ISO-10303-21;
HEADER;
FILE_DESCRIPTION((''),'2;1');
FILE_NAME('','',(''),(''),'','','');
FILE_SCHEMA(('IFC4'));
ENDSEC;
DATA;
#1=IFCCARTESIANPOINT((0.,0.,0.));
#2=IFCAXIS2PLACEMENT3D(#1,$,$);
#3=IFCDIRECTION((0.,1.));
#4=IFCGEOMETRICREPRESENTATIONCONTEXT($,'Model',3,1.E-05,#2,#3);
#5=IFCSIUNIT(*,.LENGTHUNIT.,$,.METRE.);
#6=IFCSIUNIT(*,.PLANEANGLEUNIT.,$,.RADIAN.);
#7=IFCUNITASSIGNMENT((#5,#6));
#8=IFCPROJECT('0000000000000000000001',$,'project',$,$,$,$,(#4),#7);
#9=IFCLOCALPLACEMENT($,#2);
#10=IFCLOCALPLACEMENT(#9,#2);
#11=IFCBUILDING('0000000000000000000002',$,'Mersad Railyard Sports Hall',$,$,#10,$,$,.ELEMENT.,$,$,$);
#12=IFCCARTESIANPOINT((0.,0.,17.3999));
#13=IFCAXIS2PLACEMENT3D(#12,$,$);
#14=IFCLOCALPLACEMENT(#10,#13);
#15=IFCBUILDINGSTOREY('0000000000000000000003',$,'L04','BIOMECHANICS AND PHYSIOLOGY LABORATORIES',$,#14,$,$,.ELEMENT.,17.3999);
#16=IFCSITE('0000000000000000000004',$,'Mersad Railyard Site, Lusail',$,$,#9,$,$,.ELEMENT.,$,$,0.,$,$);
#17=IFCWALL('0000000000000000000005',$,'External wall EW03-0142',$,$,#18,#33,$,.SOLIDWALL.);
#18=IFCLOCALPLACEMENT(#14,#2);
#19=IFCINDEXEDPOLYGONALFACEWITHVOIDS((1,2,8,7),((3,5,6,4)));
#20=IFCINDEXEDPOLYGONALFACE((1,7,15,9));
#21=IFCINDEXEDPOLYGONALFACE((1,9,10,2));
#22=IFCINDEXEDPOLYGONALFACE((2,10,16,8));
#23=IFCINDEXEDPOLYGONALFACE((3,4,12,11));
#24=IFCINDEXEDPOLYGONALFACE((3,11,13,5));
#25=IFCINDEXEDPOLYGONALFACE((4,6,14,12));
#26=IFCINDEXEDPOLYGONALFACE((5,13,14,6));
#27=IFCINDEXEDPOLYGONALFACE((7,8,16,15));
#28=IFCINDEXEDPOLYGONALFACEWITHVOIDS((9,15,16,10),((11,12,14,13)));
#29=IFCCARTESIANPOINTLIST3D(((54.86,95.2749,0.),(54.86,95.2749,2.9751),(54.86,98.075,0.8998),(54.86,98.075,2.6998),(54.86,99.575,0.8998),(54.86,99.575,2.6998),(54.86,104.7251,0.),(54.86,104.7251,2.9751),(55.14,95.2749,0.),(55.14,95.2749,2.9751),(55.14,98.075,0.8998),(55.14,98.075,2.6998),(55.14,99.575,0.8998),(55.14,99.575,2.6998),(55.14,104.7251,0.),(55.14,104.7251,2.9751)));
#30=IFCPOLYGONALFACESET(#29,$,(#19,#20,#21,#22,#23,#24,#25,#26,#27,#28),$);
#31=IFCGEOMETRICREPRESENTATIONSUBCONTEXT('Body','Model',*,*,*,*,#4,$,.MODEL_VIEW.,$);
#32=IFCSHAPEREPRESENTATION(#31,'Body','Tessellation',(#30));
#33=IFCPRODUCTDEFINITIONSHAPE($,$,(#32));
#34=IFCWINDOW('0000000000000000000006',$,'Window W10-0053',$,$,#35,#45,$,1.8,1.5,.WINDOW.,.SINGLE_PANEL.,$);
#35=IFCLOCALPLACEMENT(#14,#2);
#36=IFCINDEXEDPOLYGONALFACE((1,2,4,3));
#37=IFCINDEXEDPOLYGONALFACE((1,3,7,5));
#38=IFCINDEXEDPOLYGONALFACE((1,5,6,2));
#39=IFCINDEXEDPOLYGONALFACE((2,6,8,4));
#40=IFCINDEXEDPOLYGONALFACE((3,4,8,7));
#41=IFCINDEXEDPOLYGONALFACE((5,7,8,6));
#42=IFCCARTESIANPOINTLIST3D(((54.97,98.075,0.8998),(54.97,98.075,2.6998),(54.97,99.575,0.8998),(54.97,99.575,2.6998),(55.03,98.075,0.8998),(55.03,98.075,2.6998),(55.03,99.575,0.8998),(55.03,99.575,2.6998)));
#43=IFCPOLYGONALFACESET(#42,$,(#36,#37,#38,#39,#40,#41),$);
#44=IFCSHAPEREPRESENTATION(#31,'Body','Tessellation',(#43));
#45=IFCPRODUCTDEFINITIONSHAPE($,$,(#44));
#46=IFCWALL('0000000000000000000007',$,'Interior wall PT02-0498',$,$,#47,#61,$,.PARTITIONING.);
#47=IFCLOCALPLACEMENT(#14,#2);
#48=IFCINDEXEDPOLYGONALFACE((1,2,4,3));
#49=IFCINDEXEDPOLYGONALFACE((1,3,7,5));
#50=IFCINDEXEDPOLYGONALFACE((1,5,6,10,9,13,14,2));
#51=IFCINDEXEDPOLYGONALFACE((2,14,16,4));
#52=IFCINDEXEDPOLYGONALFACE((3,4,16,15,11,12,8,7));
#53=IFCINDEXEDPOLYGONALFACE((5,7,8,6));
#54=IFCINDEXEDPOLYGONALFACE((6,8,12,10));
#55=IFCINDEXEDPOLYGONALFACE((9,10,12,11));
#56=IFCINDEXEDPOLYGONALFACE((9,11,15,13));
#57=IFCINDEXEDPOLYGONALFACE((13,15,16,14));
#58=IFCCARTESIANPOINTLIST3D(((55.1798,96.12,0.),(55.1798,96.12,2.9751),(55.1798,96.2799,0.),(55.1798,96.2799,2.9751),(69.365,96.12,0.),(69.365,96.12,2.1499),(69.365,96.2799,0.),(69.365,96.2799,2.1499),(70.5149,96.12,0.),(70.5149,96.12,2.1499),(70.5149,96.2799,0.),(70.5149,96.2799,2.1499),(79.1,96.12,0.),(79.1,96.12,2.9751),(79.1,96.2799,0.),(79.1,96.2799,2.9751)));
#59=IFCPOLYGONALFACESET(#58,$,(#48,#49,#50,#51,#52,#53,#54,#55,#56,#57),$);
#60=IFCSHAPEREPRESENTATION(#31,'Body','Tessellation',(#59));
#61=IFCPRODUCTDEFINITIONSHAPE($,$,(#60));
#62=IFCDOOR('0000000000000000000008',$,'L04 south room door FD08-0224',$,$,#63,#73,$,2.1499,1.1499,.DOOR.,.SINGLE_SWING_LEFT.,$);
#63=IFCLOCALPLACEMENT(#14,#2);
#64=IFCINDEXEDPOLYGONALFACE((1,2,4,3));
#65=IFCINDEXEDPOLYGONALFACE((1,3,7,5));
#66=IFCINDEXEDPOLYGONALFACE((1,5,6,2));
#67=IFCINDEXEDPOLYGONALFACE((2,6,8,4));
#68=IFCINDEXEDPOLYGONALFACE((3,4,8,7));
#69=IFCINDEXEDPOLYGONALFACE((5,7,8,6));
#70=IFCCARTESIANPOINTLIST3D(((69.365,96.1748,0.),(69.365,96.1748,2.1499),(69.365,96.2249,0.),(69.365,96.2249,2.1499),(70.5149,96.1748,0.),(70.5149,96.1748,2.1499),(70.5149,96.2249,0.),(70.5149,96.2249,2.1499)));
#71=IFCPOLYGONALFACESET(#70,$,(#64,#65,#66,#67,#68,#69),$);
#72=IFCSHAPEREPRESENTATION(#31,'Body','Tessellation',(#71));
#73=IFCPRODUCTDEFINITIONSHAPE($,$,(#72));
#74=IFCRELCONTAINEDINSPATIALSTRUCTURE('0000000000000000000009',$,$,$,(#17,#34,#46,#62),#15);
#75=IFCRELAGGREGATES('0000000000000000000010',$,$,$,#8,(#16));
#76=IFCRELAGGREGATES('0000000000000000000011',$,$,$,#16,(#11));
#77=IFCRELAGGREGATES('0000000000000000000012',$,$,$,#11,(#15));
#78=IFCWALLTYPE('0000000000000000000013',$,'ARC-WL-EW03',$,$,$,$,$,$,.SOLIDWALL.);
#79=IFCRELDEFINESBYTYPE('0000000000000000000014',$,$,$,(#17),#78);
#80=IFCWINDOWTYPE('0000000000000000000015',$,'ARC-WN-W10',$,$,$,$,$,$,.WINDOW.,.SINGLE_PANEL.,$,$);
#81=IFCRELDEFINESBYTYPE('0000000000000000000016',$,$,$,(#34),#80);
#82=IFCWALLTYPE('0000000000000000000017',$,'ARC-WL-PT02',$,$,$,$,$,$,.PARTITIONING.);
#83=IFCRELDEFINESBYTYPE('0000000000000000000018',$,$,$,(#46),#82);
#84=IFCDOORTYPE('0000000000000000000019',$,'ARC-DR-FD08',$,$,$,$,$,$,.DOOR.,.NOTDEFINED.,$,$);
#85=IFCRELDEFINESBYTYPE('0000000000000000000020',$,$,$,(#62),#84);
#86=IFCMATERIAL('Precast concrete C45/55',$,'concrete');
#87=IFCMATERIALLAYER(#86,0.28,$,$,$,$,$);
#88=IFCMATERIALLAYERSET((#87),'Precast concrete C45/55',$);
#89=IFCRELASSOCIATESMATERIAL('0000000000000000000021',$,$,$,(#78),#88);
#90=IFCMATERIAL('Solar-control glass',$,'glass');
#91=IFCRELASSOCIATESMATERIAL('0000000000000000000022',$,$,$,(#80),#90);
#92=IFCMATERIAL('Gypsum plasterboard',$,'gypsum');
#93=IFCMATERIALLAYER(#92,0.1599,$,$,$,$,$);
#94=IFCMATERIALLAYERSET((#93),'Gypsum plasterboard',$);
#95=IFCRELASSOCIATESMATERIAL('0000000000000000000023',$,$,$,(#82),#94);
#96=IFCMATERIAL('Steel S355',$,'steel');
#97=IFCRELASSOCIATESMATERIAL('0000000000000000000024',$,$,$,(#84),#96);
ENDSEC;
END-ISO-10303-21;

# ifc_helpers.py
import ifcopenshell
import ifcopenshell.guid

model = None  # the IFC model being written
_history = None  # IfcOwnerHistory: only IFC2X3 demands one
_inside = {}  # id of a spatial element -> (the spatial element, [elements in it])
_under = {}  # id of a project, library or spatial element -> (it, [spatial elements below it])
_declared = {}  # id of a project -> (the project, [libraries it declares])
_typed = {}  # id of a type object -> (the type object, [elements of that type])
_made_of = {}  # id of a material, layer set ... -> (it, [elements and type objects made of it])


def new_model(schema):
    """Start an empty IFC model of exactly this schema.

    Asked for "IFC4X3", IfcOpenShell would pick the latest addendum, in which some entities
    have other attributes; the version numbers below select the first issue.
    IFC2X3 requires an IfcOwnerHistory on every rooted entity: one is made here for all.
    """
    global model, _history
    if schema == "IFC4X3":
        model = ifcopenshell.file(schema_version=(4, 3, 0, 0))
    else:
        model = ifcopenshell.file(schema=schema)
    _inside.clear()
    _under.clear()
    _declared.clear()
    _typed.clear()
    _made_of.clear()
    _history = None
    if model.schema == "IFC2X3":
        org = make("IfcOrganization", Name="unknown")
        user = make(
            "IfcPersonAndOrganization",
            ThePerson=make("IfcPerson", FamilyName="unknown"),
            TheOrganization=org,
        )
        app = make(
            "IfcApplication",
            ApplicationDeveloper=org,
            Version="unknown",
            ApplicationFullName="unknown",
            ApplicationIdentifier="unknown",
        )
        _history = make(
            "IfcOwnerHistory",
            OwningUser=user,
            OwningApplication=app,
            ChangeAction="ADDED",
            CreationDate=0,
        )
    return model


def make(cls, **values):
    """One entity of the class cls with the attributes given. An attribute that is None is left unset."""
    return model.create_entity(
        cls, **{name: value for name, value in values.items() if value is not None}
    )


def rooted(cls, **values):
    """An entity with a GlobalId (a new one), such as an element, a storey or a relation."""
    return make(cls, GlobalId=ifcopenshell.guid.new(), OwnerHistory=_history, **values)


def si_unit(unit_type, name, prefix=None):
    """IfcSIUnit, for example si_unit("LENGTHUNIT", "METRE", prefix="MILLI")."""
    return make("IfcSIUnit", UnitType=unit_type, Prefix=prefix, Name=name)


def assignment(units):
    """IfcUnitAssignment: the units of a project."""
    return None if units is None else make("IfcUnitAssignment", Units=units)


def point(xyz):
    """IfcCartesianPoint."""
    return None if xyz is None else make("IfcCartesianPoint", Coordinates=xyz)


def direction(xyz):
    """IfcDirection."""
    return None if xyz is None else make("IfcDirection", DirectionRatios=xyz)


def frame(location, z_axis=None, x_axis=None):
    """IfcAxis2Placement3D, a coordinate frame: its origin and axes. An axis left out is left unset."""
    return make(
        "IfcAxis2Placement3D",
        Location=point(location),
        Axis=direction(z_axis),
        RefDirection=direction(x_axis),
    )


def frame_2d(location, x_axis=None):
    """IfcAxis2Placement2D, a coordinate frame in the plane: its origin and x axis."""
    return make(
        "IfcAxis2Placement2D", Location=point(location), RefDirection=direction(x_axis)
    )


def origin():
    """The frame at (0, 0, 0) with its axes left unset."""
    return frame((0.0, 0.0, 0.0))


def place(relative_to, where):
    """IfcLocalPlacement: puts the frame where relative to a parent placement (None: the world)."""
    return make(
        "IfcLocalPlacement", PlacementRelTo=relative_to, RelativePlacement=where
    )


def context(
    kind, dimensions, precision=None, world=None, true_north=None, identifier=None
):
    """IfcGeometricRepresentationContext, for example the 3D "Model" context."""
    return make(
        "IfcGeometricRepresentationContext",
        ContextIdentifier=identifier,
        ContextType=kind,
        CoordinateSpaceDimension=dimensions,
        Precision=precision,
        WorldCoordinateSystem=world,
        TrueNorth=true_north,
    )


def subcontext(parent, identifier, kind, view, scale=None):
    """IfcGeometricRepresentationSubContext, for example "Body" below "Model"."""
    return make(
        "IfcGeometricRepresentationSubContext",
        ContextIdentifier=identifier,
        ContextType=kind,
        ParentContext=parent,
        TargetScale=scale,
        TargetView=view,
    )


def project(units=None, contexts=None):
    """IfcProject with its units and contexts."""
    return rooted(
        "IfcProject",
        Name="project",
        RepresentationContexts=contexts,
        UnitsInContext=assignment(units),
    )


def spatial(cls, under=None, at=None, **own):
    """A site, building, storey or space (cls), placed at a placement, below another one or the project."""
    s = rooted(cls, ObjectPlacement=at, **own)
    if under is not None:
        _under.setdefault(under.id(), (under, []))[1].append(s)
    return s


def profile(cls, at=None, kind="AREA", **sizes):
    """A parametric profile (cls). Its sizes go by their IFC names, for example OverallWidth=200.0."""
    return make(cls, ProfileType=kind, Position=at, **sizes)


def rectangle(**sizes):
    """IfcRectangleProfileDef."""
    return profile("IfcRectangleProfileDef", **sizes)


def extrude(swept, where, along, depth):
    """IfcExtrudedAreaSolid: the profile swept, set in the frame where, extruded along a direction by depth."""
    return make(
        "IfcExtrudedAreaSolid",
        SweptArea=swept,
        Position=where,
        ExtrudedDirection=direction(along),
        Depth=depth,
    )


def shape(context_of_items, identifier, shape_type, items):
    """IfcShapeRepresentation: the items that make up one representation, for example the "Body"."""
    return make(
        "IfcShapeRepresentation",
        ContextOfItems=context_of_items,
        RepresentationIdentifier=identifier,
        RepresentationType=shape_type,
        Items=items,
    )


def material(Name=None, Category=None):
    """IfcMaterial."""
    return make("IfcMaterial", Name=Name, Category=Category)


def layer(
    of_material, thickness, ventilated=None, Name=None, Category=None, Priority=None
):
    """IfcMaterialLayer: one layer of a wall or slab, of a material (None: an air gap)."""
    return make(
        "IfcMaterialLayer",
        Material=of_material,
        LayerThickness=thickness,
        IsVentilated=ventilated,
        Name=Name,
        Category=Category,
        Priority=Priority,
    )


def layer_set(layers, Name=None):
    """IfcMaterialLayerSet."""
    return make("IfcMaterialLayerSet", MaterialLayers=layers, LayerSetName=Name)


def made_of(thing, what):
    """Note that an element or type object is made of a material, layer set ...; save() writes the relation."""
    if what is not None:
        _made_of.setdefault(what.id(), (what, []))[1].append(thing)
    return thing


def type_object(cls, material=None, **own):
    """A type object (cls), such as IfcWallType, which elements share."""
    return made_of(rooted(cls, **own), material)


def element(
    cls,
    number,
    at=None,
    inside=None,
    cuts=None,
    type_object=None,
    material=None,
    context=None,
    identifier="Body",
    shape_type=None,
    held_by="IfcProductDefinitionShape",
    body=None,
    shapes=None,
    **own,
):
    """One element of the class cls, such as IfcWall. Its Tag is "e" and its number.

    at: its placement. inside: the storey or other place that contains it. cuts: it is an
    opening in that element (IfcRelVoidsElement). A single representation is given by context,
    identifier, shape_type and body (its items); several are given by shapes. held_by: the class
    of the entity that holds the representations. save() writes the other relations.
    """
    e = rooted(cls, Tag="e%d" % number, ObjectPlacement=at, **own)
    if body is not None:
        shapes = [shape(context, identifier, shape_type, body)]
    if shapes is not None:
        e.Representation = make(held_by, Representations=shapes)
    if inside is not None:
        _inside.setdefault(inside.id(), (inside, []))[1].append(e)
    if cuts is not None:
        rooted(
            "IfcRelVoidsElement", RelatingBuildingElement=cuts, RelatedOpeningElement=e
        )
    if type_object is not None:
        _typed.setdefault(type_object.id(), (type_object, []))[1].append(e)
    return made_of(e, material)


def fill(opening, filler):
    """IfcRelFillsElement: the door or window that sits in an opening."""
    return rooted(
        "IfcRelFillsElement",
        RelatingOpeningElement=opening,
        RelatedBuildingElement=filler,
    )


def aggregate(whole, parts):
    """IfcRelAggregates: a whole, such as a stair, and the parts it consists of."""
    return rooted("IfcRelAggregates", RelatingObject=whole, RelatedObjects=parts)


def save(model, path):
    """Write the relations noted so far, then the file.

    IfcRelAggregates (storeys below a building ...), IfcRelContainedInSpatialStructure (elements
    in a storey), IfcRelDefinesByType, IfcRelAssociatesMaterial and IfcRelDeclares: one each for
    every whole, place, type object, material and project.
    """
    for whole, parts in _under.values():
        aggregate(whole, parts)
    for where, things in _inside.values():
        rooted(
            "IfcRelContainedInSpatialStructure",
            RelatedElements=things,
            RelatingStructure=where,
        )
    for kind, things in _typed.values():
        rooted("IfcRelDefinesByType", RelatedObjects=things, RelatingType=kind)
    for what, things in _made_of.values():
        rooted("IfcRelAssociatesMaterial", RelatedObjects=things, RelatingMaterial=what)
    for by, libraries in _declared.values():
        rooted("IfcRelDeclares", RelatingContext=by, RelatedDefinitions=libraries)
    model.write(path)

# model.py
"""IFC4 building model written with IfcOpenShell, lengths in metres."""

from ifc_helpers import new_model, si_unit, direction, frame, frame_2d, origin, place, context, subcontext, project, spatial, rectangle, extrude, material, layer, layer_set, type_object, element, fill, save


model = new_model("IFC4")

# Units and contexts
model_context = context("Model", 3, precision=1e-05, world=origin(), true_north=direction((0.0, 1.0)))
body_context = subcontext(model_context, "Body", "Model", "MODEL_VIEW")
ifc_project = project(units=[si_unit("LENGTHUNIT", "METRE"), si_unit("PLANEANGLEUNIT", "RADIAN")], contexts=[model_context])

# Site, building, storey
site_placement = place(None, origin())
site = spatial("IfcSite", under=ifc_project, at=site_placement, Name="Mersad Railyard Site, Lusail", CompositionType="ELEMENT", RefElevation=0.0)
building_placement = place(site_placement, origin())
building = spatial("IfcBuilding", under=site, at=building_placement, Name="Mersad Railyard Sports Hall", CompositionType="ELEMENT")
storey_placement = place(building_placement, frame((0.0, 0.0, 17.3999)))
storey = spatial("IfcBuildingStorey", under=building, at=storey_placement, Name="L04", Description="BIOMECHANICS AND PHYSIOLOGY LABORATORIES", CompositionType="ELEMENT", Elevation=17.3999)

# Shared definitions
ifc_material_1 = material(Name="Steel S355", Category="steel")

# Wall, opening, window
ifc_material_2 = material(Name="Precast concrete C45/55", Category="concrete")
ifc_layer_1 = layer(ifc_material_2, 0.28)
ifc_layer_set_1 = layer_set([ifc_layer_1], Name="Precast concrete C45/55")
wall_type_1 = type_object("IfcWallType", Name="ARC-WL-EW03", PredefinedType="SOLIDWALL", material=ifc_layer_set_1)
ifc_material_3 = material(Name="Solar-control glass", Category="glass")
wall_1_placement = place(storey_placement, frame((55.0, 95.2749, 0.0), z_axis=(0.0, 0.0, 1.0), x_axis=(0.0, 1.0, 0.0)))
wall_1 = element("IfcWall", 1, at=wall_1_placement, inside=storey, type_object=wall_type_1, Name="External wall EW03-0142", PredefinedType="SOLIDWALL", context=body_context, shape_type="SweptSolid", body=[
    extrude(rectangle(XDim=9.4502, YDim=0.28, at=frame_2d((4.7251, 0.0))), origin(), (0.0, 0.0, 1.0), 2.9751),
])
opening_1_placement = place(wall_1_placement, frame((2.8, 0.0, 0.8999)))
opening_1 = element("IfcOpeningElement", 2, at=opening_1_placement, cuts=wall_1, PredefinedType="OPENING", context=body_context, shape_type="SweptSolid", body=[
    extrude(rectangle(XDim=1.5, YDim=1.8, at=frame_2d((0.75, 0.8999))), frame((0.0, 0.1499, 0.0), z_axis=(0.0, -1.0, 0.0), x_axis=(1.0, 0.0, 0.0)), (0.0, 0.0, 1.0), 0.3),
])
window_type_1 = type_object("IfcWindowType", Name="ARC-WN-W10", PartitioningType="SINGLE_PANEL", PredefinedType="WINDOW", material=ifc_material_3)
window_1_placement = place(opening_1_placement, origin())
window_1 = element("IfcWindow", 3, at=window_1_placement, inside=storey, type_object=window_type_1, Name="Window W10-0053", OverallHeight=1.8, OverallWidth=1.5, PartitioningType="SINGLE_PANEL", PredefinedType="WINDOW", context=body_context, shape_type="SweptSolid", body=[
    extrude(rectangle(XDim=1.5, YDim=1.8, at=frame_2d((0.75, 0.8999))), frame((0.0, 0.03, 0.0), z_axis=(0.0, -1.0, 0.0), x_axis=(1.0, 0.0, 0.0)), (0.0, 0.0, 1.0), 0.0601),
])
fill(opening_1, window_1)

# Wall, opening, door
ifc_material_4 = material(Name="Gypsum plasterboard", Category="gypsum")
ifc_layer_2 = layer(ifc_material_4, 0.1599)
ifc_layer_set_2 = layer_set([ifc_layer_2], Name="Gypsum plasterboard")
wall_type_2 = type_object("IfcWallType", Name="ARC-WL-PT02", PredefinedType="PARTITIONING", material=ifc_layer_set_2)
wall_2_placement = place(storey_placement, frame((55.1799, 96.2, 0.0), z_axis=(0.0, 0.0, 1.0), x_axis=(1.0, 0.0, 0.0)))
wall_2 = element("IfcWall", 4, at=wall_2_placement, inside=storey, type_object=wall_type_2, Name="Interior wall PT02-0498", PredefinedType="PARTITIONING", context=body_context, shape_type="SweptSolid", body=[
    extrude(rectangle(XDim=23.9202, YDim=0.1599, at=frame_2d((11.96, 0.0))), origin(), (0.0, 0.0, 1.0), 2.9751),
])
opening_2_placement = place(wall_2_placement, frame((14.1851, 0.0, 0.0)))
opening_2 = element("IfcOpeningElement", 5, at=opening_2_placement, cuts=wall_2, PredefinedType="OPENING", context=body_context, shape_type="SweptSolid", body=[
    extrude(rectangle(XDim=1.1499, YDim=2.1499, at=frame_2d((0.575, 1.075))), frame((0.0, 0.0898, 0.0), z_axis=(0.0, -1.0, 0.0), x_axis=(1.0, 0.0, 0.0)), (0.0, 0.0, 1.0), 0.1799),
])
door_type = type_object("IfcDoorType", Name="ARC-DR-FD08", OperationType="NOTDEFINED", PredefinedType="DOOR", material=ifc_material_1)
door_placement = place(opening_2_placement, origin())
door = element("IfcDoor", 6, at=door_placement, inside=storey, type_object=door_type, Name="L04 south room door FD08-0224", OperationType="SINGLE_SWING_LEFT", OverallHeight=2.1499, OverallWidth=1.1499, PredefinedType="DOOR", context=body_context, shape_type="SweptSolid", body=[
    extrude(rectangle(XDim=1.1499, YDim=2.1499, at=frame_2d((0.575, 1.075))), frame((0.0, 0.0249, 0.0), z_axis=(0.0, -1.0, 0.0), x_axis=(1.0, 0.0, 0.0)), (0.0, 0.0, 1.0), 0.05),
])
fill(opening_2, door)

save(model, "model.ifc")
